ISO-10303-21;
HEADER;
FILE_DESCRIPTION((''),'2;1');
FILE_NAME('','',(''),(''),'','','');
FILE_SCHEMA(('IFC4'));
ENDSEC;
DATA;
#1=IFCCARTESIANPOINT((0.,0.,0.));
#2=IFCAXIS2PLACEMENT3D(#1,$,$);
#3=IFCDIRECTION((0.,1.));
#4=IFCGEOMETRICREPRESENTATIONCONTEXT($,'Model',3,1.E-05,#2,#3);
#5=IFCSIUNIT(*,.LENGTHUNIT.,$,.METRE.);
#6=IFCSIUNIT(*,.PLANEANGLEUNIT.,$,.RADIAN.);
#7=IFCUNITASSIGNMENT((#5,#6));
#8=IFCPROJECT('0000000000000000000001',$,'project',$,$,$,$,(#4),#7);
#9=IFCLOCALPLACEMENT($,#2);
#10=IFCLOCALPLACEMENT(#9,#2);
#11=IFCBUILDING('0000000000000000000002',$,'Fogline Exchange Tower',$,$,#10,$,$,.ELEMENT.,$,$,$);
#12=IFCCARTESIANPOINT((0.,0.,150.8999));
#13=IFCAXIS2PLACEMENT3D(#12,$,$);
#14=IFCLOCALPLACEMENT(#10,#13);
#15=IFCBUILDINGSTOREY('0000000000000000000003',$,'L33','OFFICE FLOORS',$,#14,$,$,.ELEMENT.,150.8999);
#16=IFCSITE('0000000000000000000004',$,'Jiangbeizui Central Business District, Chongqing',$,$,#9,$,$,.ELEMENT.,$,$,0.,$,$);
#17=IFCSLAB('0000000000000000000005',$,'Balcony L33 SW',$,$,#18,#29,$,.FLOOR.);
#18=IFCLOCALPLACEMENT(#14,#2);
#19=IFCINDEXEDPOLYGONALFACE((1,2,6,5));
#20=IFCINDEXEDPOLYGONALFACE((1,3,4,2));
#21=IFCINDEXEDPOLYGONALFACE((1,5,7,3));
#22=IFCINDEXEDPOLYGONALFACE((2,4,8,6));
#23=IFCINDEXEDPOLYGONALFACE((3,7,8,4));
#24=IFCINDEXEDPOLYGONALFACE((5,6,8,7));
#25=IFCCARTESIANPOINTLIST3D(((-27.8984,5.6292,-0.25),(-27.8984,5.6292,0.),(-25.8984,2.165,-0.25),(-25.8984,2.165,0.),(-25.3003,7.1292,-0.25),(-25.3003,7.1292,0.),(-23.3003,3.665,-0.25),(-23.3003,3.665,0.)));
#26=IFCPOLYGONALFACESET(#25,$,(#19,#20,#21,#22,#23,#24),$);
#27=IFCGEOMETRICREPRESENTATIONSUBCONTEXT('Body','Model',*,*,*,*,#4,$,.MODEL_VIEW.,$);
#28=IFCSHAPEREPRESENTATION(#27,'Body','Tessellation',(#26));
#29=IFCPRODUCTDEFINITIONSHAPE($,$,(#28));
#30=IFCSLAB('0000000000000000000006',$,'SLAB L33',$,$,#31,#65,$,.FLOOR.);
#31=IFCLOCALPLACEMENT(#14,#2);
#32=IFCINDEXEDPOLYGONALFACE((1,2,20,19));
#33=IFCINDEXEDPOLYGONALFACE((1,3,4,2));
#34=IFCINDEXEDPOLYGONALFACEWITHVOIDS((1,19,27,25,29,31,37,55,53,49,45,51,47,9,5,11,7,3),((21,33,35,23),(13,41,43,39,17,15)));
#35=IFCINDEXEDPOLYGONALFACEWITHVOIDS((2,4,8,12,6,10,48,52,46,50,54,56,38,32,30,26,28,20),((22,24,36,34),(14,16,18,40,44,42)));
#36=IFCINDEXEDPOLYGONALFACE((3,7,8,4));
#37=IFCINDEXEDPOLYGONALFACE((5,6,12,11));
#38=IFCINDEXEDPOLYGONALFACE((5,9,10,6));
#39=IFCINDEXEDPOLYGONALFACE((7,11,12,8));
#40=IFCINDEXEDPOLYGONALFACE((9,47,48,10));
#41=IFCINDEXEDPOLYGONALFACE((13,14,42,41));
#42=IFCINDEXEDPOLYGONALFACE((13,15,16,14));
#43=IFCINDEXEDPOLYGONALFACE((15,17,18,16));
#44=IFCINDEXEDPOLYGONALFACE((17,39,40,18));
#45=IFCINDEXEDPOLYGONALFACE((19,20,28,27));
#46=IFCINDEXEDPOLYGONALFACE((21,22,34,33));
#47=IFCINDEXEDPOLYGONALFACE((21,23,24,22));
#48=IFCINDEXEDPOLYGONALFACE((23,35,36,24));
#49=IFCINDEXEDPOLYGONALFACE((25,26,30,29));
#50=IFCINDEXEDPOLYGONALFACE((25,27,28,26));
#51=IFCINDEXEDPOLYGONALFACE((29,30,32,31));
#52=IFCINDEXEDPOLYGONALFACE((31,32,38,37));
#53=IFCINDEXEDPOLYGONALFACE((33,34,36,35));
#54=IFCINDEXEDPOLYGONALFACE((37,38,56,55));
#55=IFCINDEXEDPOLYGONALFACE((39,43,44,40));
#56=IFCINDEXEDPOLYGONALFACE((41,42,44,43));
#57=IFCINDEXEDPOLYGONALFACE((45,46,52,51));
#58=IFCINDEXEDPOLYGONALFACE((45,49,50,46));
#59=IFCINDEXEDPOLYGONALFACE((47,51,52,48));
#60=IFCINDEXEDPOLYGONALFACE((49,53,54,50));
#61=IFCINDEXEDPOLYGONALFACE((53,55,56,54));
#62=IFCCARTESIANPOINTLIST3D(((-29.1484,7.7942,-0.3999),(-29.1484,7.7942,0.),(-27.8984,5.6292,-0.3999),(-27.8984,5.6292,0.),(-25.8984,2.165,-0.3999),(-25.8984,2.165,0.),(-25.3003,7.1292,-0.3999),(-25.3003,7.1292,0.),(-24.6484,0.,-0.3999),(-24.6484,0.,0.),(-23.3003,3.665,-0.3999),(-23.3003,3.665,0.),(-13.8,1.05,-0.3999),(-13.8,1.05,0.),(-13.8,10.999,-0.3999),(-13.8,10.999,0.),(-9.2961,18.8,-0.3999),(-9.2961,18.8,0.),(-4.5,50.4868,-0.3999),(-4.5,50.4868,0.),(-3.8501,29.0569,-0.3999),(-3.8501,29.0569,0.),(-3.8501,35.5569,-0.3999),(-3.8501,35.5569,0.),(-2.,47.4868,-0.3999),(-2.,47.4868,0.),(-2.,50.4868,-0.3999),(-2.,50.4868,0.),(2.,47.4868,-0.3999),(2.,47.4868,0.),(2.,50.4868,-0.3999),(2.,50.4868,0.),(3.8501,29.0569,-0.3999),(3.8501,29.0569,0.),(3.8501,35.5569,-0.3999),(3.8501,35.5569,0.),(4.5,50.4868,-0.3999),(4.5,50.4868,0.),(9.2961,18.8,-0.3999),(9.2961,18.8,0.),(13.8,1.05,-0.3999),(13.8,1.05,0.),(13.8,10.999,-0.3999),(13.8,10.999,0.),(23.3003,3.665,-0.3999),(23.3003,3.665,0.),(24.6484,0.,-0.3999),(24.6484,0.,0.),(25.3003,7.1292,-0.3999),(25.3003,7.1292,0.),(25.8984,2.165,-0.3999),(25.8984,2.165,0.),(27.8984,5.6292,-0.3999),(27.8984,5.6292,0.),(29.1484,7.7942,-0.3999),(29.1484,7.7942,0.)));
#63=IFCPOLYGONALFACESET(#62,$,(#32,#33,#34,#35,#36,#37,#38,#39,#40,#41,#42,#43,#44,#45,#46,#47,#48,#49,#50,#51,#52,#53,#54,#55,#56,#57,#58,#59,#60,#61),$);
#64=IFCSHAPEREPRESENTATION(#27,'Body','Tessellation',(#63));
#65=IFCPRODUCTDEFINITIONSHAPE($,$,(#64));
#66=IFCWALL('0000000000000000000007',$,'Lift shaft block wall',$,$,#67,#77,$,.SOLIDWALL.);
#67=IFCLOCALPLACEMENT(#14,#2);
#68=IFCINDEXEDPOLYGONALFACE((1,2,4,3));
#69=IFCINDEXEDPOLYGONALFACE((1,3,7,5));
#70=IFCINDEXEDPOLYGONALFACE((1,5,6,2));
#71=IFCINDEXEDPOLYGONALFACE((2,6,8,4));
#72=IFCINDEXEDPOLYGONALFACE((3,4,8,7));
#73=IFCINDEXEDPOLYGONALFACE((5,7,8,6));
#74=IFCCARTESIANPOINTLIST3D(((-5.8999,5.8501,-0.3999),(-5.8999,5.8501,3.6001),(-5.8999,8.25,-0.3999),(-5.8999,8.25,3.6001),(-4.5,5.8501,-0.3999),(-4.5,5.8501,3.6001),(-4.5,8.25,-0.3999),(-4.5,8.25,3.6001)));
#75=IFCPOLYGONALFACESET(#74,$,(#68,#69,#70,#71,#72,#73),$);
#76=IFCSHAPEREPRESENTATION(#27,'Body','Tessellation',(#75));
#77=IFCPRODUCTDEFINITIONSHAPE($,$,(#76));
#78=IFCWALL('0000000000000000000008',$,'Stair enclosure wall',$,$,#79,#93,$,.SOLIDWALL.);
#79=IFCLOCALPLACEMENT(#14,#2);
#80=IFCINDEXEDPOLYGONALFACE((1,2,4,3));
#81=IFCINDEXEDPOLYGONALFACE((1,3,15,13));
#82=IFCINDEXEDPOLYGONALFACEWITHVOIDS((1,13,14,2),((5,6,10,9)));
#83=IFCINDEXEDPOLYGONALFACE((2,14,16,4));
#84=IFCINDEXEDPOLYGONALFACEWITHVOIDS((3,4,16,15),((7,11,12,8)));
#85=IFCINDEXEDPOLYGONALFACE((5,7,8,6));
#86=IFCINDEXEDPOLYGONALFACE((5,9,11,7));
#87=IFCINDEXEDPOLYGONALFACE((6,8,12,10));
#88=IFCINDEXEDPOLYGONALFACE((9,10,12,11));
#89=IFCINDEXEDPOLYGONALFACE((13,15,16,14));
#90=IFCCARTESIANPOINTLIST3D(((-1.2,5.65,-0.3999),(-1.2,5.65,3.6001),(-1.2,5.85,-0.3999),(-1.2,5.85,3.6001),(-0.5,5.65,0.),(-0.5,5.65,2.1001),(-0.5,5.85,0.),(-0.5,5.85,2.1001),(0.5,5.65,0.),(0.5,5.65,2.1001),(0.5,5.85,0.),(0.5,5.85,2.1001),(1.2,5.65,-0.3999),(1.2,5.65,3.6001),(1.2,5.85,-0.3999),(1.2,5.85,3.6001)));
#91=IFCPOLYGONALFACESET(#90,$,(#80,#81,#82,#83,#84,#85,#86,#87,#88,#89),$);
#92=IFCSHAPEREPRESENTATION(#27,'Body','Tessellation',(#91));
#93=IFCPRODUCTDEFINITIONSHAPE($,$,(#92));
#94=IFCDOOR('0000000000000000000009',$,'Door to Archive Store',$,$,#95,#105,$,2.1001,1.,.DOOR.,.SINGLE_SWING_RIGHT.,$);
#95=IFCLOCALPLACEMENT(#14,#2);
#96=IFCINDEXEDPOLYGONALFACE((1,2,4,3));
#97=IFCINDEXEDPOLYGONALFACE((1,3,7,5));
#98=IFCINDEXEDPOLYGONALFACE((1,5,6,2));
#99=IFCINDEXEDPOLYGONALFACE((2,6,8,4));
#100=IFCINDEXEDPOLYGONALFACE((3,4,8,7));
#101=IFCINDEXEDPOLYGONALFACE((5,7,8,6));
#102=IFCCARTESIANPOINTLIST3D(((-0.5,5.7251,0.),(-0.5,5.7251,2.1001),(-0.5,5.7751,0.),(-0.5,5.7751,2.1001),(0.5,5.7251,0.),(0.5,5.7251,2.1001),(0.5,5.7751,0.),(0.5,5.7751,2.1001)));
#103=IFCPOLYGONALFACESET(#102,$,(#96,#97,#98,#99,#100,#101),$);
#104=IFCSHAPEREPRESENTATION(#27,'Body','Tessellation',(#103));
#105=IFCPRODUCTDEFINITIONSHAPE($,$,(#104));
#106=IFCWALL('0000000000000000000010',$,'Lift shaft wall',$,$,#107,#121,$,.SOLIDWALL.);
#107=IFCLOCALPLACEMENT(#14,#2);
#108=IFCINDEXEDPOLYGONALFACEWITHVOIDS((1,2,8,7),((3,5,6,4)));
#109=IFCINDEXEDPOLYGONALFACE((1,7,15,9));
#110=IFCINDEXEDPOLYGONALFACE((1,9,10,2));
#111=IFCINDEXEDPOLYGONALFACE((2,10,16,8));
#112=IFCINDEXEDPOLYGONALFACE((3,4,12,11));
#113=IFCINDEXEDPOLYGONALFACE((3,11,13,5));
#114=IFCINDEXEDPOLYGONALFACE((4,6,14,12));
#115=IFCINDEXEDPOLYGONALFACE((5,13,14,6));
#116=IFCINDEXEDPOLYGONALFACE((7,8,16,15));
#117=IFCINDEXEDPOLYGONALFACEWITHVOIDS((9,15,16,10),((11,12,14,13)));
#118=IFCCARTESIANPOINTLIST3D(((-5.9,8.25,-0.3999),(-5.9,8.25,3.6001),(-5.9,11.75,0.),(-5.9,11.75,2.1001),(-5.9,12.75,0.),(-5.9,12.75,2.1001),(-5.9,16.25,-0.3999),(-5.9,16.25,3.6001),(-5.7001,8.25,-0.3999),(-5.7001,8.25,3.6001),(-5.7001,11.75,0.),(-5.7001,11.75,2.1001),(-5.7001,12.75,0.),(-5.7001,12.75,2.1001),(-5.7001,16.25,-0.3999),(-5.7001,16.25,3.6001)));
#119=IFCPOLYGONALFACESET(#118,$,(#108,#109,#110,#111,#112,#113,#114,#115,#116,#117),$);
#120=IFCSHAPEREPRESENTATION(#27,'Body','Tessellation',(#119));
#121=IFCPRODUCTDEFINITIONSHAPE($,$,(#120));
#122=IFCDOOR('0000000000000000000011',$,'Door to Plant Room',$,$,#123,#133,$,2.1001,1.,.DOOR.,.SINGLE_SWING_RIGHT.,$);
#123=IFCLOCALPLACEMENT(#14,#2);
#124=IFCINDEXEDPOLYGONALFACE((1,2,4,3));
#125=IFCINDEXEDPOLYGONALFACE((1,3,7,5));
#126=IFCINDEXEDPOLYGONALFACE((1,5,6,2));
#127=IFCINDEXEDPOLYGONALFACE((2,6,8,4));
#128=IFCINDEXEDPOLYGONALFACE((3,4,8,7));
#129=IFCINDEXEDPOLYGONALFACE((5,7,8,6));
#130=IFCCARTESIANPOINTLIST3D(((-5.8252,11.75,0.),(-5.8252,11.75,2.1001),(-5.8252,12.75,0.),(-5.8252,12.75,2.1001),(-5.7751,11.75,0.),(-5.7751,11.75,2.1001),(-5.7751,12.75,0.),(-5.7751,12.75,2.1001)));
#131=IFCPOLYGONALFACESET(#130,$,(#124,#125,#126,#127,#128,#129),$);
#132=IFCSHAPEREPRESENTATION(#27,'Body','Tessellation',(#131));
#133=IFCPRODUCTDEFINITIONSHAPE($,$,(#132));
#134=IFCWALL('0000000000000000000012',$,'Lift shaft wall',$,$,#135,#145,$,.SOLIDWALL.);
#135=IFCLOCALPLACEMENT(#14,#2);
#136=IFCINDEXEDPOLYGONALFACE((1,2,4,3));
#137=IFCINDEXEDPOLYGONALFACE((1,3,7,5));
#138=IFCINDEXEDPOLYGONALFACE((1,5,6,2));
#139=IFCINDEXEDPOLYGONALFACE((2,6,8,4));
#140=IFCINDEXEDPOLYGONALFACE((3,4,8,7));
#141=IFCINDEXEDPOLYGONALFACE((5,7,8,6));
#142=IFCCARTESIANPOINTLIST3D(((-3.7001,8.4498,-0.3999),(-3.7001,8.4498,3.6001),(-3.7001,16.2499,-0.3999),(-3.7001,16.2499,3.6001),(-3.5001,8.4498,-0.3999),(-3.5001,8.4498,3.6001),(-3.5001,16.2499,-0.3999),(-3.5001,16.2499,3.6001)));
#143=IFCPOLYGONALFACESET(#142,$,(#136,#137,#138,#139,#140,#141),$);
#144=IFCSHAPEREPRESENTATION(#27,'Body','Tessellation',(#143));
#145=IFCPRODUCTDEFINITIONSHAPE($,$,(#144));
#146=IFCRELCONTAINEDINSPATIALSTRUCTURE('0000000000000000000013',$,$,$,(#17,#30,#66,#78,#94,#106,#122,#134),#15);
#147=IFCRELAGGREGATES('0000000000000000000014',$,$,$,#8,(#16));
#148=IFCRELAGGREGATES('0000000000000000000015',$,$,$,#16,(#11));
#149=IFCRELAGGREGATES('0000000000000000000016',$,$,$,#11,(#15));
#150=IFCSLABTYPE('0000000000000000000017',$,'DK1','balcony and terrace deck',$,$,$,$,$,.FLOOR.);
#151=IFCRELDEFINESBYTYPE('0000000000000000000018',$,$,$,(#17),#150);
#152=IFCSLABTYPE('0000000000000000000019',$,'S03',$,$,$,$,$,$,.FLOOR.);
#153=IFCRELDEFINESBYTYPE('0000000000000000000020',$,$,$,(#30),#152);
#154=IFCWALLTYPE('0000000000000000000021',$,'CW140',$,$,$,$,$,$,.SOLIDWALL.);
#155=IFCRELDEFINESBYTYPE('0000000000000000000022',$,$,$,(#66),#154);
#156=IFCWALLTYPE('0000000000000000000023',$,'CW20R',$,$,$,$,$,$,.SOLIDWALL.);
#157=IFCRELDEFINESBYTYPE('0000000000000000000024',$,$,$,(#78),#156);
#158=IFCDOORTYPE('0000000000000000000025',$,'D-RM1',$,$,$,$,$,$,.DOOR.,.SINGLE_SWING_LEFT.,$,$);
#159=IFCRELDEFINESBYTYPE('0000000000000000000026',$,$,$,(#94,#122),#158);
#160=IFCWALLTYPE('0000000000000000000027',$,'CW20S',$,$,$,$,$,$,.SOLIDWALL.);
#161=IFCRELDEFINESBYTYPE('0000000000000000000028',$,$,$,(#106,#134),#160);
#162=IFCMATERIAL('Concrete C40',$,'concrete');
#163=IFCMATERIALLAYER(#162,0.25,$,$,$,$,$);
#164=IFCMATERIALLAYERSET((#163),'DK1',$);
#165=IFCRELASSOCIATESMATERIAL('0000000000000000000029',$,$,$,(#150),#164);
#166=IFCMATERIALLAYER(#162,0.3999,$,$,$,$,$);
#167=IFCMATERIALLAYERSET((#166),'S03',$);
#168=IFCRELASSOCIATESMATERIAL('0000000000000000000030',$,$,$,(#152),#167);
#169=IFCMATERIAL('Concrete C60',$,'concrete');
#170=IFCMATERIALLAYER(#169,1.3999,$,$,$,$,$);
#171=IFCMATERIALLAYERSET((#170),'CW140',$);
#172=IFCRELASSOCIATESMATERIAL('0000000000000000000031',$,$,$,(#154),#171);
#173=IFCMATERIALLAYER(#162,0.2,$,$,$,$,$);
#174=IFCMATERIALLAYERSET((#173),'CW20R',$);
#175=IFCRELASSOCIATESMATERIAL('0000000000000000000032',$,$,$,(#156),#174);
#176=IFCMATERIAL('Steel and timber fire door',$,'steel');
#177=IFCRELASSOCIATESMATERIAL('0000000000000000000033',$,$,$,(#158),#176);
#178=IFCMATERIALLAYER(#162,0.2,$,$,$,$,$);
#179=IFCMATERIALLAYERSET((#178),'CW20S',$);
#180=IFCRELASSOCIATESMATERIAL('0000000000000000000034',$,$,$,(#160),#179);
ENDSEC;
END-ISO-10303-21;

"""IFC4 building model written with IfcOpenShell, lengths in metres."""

from ifc_helpers import new_model, si_unit, direction, frame, frame_2d, origin, place, context, subcontext, project, spatial, polyline, rectangle, outline, extrude, material, layer, layer_set, type_object, element, fill, save


model = new_model("IFC4")

# Units and contexts
model_context = context("Model", 3, precision=1e-05, world=origin(), true_north=direction((0.0, 1.0)))
body_context = subcontext(model_context, "Body", "Model", "MODEL_VIEW")
ifc_project = project(units=[si_unit("LENGTHUNIT", "METRE"), si_unit("PLANEANGLEUNIT", "RADIAN")], contexts=[model_context])

# Site, building, storey
site_placement = place(None, origin())
site = spatial("IfcSite", under=ifc_project, at=site_placement, Name="Jiangbeizui Central Business District, Chongqing", CompositionType="ELEMENT", RefElevation=0.0)
building_placement = place(site_placement, origin())
building = spatial("IfcBuilding", under=site, at=building_placement, Name="Fogline Exchange Tower", CompositionType="ELEMENT")
storey_placement = place(building_placement, frame((0.0, 0.0, 150.8999)))
storey = spatial("IfcBuildingStorey", under=building, at=storey_placement, Name="L33", Description="OFFICE FLOORS", CompositionType="ELEMENT", Elevation=150.8999)

# Slabs
ifc_material_1 = material(Name="Concrete C40", Category="concrete")
ifc_layer_1 = layer(ifc_material_1, 0.25)
ifc_layer_set_1 = layer_set([ifc_layer_1], Name="DK1")
slab_type_1 = type_object("IfcSlabType", Name="DK1", Description="balcony and terrace deck", PredefinedType="FLOOR", material=ifc_layer_set_1)
slab_1_placement = place(storey_placement, frame((0.0, 0.0, -0.25)))
element("IfcSlab", 1, at=slab_1_placement, inside=storey, type_object=slab_type_1, Name="Balcony L33 SW", PredefinedType="FLOOR", context=body_context, shape_type="SweptSolid", body=[
    extrude(outline(polyline([(-27.8984, 5.6292), (-25.8984, 2.165), (-23.3003, 3.665), (-25.3003, 7.1292), (-27.8984, 5.6292)])), origin(), (0.0, 0.0, 1.0), 0.25),
])
ifc_layer_2 = layer(ifc_material_1, 0.3999)
ifc_layer_set_2 = layer_set([ifc_layer_2], Name="S03")
slab_type_2 = type_object("IfcSlabType", Name="S03", PredefinedType="FLOOR", material=ifc_layer_set_2)
slab_2_placement = place(storey_placement, frame((0.0, 0.0, -0.3999)))
element("IfcSlab", 2, at=slab_2_placement, inside=storey, type_object=slab_type_2, Name="SLAB L33", PredefinedType="FLOOR", context=body_context, shape_type="SweptSolid", body=[
    extrude(outline(polyline([(-2.0, 50.4868), (-4.5, 50.4868), (-29.1484, 7.7942), (-27.8984, 5.6292), (-25.3003, 7.1292), (-23.3003, 3.665), (-25.8984, 2.165), (-24.6484, 0.0), (24.6484, 0.0), (25.8984, 2.165), (23.3003, 3.665), (25.3003, 7.1292), (27.8984, 5.6292), (29.1484, 7.7942), (4.5, 50.4868), (2.0, 50.4868), (2.0, 47.4868), (-2.0, 47.4868), (-2.0, 50.4868)]), holes=[polyline([(13.8, 10.999), (13.8, 1.05), (-13.8, 1.05), (-13.8, 10.999), (-9.2961, 18.8), (9.2961, 18.8), (13.8, 10.999)]), polyline([(3.8501, 35.5569), (3.8501, 29.0569), (-3.8501, 29.0569), (-3.8501, 35.5569), (3.8501, 35.5569)])]), origin(), (0.0, 0.0, 1.0), 0.3999),
])

# Wall
ifc_material_2 = material(Name="Concrete C60", Category="concrete")
ifc_layer_3 = layer(ifc_material_2, 1.3999)
ifc_layer_set_3 = layer_set([ifc_layer_3], Name="CW140")
wall_type_1 = type_object("IfcWallType", Name="CW140", PredefinedType="SOLIDWALL", material=ifc_layer_set_3)
wall_1_placement = place(storey_placement, frame((-5.2, 5.8501, -0.3999), z_axis=(0.0, 0.0, 1.0), x_axis=(0.0, 1.0, 0.0)))
element("IfcWall", 3, at=wall_1_placement, inside=storey, type_object=wall_type_1, Name="Lift shaft block wall", PredefinedType="SOLIDWALL", context=body_context, shape_type="SweptSolid", body=[
    extrude(rectangle(XDim=2.3999, YDim=1.3999, at=frame_2d((1.2, 0.0))), origin(), (0.0, 0.0, 1.0), 4.0),
])

# Walls, openings, doors
ifc_layer_4 = layer(ifc_material_1, 0.2)
ifc_layer_set_4 = layer_set([ifc_layer_4], Name="CW20R")
wall_type_2 = type_object("IfcWallType", Name="CW20R", PredefinedType="SOLIDWALL", material=ifc_layer_set_4)
wall_2_placement = place(storey_placement, frame((-1.2, 5.75, -0.3999), z_axis=(0.0, 0.0, 1.0), x_axis=(1.0, 0.0, 0.0)))
wall_2 = element("IfcWall", 4, at=wall_2_placement, inside=storey, type_object=wall_type_2, Name="Stair enclosure wall", PredefinedType="SOLIDWALL", context=body_context, shape_type="SweptSolid", body=[
    extrude(rectangle(XDim=2.3999, YDim=0.2, at=frame_2d((1.2, 0.0))), origin(), (0.0, 0.0, 1.0), 4.0),
])
opening_1_placement = place(wall_2_placement, frame((0.7, 0.0, 0.3999)))
opening_1 = element("IfcOpeningElement", 5, at=opening_1_placement, cuts=wall_2, PredefinedType="OPENING", context=body_context, shape_type="SweptSolid", body=[
    extrude(rectangle(XDim=1.0, YDim=2.1001, at=frame_2d((0.5, 1.05))), frame((0.0, 0.1099, 0.0), z_axis=(0.0, -1.0, 0.0), x_axis=(1.0, 0.0, 0.0)), (0.0, 0.0, 1.0), 0.22),
])
ifc_material_3 = material(Name="Steel and timber fire door", Category="steel")
door_type_1 = type_object("IfcDoorType", Name="D-RM1", OperationType="SINGLE_SWING_LEFT", PredefinedType="DOOR", material=ifc_material_3)
door_1_placement = place(opening_1_placement, frame((1.0, 0.0, 0.0), z_axis=(0.0, 0.0, 1.0), x_axis=(-1.0, 0.0, 0.0)))
door_1 = element("IfcDoor", 6, at=door_1_placement, inside=storey, type_object=door_type_1, Name="Door to Archive Store", OperationType="SINGLE_SWING_RIGHT", OverallHeight=2.1001, OverallWidth=1.0, PredefinedType="DOOR", context=body_context, shape_type="SweptSolid", body=[
    extrude(rectangle(XDim=1.0, YDim=2.1001, at=frame_2d((0.5, 1.05))), frame((0.0, 0.0249, 0.0), z_axis=(0.0, -1.0, 0.0), x_axis=(1.0, 0.0, 0.0)), (0.0, 0.0, 1.0), 0.05),
])
fill(opening_1, door_1)
ifc_layer_5 = layer(ifc_material_1, 0.2)
ifc_layer_set_5 = layer_set([ifc_layer_5], Name="CW20S")
wall_type_3 = type_object("IfcWallType", Name="CW20S", PredefinedType="SOLIDWALL", material=ifc_layer_set_5)
wall_3_placement = place(storey_placement, frame((-5.8, 8.25, -0.3999), z_axis=(0.0, 0.0, 1.0), x_axis=(0.0, 1.0, 0.0)))
wall_3 = element("IfcWall", 7, at=wall_3_placement, inside=storey, type_object=wall_type_3, Name="Lift shaft wall", PredefinedType="SOLIDWALL", context=body_context, shape_type="SweptSolid", body=[
    extrude(rectangle(XDim=8.0, YDim=0.2, at=frame_2d((4.0, 0.0))), origin(), (0.0, 0.0, 1.0), 4.0),
])
opening_2_placement = place(wall_3_placement, frame((3.5, 0.0, 0.3999)))
opening_2 = element("IfcOpeningElement", 8, at=opening_2_placement, cuts=wall_3, PredefinedType="OPENING", context=body_context, shape_type="SweptSolid", body=[
    extrude(rectangle(XDim=1.0, YDim=2.1001, at=frame_2d((0.5, 1.05))), frame((0.0, 0.1099, 0.0), z_axis=(0.0, -1.0, 0.0), x_axis=(1.0, 0.0, 0.0)), (0.0, 0.0, 1.0), 0.22),
])
door_2_placement = place(opening_2_placement, frame((1.0, 0.0, 0.0), z_axis=(0.0, 0.0, 1.0), x_axis=(-1.0, 0.0, 0.0)))
door_2 = element("IfcDoor", 9, at=door_2_placement, inside=storey, type_object=door_type_1, Name="Door to Plant Room", OperationType="SINGLE_SWING_RIGHT", OverallHeight=2.1001, OverallWidth=1.0, PredefinedType="DOOR", context=body_context, shape_type="SweptSolid", body=[
    extrude(rectangle(XDim=1.0, YDim=2.1001, at=frame_2d((0.5, 1.05))), frame((0.0, 0.0249, 0.0), z_axis=(0.0, -1.0, 0.0), x_axis=(1.0, 0.0, 0.0)), (0.0, 0.0, 1.0), 0.05),
])
fill(opening_2, door_2)

# Wall
wall_4_placement = place(storey_placement, frame((-3.6001, 8.45, -0.3999), z_axis=(0.0, 0.0, 1.0), x_axis=(0.0, 1.0, 0.0)))
element("IfcWall", 10, at=wall_4_placement, inside=storey, type_object=wall_type_3, Name="Lift shaft wall", PredefinedType="SOLIDWALL", context=body_context, shape_type="SweptSolid", body=[
    extrude(rectangle(XDim=7.8, YDim=0.2, at=frame_2d((3.8999, 0.0))), origin(), (0.0, 0.0, 1.0), 4.0),
])

save(model, "model.ifc")
